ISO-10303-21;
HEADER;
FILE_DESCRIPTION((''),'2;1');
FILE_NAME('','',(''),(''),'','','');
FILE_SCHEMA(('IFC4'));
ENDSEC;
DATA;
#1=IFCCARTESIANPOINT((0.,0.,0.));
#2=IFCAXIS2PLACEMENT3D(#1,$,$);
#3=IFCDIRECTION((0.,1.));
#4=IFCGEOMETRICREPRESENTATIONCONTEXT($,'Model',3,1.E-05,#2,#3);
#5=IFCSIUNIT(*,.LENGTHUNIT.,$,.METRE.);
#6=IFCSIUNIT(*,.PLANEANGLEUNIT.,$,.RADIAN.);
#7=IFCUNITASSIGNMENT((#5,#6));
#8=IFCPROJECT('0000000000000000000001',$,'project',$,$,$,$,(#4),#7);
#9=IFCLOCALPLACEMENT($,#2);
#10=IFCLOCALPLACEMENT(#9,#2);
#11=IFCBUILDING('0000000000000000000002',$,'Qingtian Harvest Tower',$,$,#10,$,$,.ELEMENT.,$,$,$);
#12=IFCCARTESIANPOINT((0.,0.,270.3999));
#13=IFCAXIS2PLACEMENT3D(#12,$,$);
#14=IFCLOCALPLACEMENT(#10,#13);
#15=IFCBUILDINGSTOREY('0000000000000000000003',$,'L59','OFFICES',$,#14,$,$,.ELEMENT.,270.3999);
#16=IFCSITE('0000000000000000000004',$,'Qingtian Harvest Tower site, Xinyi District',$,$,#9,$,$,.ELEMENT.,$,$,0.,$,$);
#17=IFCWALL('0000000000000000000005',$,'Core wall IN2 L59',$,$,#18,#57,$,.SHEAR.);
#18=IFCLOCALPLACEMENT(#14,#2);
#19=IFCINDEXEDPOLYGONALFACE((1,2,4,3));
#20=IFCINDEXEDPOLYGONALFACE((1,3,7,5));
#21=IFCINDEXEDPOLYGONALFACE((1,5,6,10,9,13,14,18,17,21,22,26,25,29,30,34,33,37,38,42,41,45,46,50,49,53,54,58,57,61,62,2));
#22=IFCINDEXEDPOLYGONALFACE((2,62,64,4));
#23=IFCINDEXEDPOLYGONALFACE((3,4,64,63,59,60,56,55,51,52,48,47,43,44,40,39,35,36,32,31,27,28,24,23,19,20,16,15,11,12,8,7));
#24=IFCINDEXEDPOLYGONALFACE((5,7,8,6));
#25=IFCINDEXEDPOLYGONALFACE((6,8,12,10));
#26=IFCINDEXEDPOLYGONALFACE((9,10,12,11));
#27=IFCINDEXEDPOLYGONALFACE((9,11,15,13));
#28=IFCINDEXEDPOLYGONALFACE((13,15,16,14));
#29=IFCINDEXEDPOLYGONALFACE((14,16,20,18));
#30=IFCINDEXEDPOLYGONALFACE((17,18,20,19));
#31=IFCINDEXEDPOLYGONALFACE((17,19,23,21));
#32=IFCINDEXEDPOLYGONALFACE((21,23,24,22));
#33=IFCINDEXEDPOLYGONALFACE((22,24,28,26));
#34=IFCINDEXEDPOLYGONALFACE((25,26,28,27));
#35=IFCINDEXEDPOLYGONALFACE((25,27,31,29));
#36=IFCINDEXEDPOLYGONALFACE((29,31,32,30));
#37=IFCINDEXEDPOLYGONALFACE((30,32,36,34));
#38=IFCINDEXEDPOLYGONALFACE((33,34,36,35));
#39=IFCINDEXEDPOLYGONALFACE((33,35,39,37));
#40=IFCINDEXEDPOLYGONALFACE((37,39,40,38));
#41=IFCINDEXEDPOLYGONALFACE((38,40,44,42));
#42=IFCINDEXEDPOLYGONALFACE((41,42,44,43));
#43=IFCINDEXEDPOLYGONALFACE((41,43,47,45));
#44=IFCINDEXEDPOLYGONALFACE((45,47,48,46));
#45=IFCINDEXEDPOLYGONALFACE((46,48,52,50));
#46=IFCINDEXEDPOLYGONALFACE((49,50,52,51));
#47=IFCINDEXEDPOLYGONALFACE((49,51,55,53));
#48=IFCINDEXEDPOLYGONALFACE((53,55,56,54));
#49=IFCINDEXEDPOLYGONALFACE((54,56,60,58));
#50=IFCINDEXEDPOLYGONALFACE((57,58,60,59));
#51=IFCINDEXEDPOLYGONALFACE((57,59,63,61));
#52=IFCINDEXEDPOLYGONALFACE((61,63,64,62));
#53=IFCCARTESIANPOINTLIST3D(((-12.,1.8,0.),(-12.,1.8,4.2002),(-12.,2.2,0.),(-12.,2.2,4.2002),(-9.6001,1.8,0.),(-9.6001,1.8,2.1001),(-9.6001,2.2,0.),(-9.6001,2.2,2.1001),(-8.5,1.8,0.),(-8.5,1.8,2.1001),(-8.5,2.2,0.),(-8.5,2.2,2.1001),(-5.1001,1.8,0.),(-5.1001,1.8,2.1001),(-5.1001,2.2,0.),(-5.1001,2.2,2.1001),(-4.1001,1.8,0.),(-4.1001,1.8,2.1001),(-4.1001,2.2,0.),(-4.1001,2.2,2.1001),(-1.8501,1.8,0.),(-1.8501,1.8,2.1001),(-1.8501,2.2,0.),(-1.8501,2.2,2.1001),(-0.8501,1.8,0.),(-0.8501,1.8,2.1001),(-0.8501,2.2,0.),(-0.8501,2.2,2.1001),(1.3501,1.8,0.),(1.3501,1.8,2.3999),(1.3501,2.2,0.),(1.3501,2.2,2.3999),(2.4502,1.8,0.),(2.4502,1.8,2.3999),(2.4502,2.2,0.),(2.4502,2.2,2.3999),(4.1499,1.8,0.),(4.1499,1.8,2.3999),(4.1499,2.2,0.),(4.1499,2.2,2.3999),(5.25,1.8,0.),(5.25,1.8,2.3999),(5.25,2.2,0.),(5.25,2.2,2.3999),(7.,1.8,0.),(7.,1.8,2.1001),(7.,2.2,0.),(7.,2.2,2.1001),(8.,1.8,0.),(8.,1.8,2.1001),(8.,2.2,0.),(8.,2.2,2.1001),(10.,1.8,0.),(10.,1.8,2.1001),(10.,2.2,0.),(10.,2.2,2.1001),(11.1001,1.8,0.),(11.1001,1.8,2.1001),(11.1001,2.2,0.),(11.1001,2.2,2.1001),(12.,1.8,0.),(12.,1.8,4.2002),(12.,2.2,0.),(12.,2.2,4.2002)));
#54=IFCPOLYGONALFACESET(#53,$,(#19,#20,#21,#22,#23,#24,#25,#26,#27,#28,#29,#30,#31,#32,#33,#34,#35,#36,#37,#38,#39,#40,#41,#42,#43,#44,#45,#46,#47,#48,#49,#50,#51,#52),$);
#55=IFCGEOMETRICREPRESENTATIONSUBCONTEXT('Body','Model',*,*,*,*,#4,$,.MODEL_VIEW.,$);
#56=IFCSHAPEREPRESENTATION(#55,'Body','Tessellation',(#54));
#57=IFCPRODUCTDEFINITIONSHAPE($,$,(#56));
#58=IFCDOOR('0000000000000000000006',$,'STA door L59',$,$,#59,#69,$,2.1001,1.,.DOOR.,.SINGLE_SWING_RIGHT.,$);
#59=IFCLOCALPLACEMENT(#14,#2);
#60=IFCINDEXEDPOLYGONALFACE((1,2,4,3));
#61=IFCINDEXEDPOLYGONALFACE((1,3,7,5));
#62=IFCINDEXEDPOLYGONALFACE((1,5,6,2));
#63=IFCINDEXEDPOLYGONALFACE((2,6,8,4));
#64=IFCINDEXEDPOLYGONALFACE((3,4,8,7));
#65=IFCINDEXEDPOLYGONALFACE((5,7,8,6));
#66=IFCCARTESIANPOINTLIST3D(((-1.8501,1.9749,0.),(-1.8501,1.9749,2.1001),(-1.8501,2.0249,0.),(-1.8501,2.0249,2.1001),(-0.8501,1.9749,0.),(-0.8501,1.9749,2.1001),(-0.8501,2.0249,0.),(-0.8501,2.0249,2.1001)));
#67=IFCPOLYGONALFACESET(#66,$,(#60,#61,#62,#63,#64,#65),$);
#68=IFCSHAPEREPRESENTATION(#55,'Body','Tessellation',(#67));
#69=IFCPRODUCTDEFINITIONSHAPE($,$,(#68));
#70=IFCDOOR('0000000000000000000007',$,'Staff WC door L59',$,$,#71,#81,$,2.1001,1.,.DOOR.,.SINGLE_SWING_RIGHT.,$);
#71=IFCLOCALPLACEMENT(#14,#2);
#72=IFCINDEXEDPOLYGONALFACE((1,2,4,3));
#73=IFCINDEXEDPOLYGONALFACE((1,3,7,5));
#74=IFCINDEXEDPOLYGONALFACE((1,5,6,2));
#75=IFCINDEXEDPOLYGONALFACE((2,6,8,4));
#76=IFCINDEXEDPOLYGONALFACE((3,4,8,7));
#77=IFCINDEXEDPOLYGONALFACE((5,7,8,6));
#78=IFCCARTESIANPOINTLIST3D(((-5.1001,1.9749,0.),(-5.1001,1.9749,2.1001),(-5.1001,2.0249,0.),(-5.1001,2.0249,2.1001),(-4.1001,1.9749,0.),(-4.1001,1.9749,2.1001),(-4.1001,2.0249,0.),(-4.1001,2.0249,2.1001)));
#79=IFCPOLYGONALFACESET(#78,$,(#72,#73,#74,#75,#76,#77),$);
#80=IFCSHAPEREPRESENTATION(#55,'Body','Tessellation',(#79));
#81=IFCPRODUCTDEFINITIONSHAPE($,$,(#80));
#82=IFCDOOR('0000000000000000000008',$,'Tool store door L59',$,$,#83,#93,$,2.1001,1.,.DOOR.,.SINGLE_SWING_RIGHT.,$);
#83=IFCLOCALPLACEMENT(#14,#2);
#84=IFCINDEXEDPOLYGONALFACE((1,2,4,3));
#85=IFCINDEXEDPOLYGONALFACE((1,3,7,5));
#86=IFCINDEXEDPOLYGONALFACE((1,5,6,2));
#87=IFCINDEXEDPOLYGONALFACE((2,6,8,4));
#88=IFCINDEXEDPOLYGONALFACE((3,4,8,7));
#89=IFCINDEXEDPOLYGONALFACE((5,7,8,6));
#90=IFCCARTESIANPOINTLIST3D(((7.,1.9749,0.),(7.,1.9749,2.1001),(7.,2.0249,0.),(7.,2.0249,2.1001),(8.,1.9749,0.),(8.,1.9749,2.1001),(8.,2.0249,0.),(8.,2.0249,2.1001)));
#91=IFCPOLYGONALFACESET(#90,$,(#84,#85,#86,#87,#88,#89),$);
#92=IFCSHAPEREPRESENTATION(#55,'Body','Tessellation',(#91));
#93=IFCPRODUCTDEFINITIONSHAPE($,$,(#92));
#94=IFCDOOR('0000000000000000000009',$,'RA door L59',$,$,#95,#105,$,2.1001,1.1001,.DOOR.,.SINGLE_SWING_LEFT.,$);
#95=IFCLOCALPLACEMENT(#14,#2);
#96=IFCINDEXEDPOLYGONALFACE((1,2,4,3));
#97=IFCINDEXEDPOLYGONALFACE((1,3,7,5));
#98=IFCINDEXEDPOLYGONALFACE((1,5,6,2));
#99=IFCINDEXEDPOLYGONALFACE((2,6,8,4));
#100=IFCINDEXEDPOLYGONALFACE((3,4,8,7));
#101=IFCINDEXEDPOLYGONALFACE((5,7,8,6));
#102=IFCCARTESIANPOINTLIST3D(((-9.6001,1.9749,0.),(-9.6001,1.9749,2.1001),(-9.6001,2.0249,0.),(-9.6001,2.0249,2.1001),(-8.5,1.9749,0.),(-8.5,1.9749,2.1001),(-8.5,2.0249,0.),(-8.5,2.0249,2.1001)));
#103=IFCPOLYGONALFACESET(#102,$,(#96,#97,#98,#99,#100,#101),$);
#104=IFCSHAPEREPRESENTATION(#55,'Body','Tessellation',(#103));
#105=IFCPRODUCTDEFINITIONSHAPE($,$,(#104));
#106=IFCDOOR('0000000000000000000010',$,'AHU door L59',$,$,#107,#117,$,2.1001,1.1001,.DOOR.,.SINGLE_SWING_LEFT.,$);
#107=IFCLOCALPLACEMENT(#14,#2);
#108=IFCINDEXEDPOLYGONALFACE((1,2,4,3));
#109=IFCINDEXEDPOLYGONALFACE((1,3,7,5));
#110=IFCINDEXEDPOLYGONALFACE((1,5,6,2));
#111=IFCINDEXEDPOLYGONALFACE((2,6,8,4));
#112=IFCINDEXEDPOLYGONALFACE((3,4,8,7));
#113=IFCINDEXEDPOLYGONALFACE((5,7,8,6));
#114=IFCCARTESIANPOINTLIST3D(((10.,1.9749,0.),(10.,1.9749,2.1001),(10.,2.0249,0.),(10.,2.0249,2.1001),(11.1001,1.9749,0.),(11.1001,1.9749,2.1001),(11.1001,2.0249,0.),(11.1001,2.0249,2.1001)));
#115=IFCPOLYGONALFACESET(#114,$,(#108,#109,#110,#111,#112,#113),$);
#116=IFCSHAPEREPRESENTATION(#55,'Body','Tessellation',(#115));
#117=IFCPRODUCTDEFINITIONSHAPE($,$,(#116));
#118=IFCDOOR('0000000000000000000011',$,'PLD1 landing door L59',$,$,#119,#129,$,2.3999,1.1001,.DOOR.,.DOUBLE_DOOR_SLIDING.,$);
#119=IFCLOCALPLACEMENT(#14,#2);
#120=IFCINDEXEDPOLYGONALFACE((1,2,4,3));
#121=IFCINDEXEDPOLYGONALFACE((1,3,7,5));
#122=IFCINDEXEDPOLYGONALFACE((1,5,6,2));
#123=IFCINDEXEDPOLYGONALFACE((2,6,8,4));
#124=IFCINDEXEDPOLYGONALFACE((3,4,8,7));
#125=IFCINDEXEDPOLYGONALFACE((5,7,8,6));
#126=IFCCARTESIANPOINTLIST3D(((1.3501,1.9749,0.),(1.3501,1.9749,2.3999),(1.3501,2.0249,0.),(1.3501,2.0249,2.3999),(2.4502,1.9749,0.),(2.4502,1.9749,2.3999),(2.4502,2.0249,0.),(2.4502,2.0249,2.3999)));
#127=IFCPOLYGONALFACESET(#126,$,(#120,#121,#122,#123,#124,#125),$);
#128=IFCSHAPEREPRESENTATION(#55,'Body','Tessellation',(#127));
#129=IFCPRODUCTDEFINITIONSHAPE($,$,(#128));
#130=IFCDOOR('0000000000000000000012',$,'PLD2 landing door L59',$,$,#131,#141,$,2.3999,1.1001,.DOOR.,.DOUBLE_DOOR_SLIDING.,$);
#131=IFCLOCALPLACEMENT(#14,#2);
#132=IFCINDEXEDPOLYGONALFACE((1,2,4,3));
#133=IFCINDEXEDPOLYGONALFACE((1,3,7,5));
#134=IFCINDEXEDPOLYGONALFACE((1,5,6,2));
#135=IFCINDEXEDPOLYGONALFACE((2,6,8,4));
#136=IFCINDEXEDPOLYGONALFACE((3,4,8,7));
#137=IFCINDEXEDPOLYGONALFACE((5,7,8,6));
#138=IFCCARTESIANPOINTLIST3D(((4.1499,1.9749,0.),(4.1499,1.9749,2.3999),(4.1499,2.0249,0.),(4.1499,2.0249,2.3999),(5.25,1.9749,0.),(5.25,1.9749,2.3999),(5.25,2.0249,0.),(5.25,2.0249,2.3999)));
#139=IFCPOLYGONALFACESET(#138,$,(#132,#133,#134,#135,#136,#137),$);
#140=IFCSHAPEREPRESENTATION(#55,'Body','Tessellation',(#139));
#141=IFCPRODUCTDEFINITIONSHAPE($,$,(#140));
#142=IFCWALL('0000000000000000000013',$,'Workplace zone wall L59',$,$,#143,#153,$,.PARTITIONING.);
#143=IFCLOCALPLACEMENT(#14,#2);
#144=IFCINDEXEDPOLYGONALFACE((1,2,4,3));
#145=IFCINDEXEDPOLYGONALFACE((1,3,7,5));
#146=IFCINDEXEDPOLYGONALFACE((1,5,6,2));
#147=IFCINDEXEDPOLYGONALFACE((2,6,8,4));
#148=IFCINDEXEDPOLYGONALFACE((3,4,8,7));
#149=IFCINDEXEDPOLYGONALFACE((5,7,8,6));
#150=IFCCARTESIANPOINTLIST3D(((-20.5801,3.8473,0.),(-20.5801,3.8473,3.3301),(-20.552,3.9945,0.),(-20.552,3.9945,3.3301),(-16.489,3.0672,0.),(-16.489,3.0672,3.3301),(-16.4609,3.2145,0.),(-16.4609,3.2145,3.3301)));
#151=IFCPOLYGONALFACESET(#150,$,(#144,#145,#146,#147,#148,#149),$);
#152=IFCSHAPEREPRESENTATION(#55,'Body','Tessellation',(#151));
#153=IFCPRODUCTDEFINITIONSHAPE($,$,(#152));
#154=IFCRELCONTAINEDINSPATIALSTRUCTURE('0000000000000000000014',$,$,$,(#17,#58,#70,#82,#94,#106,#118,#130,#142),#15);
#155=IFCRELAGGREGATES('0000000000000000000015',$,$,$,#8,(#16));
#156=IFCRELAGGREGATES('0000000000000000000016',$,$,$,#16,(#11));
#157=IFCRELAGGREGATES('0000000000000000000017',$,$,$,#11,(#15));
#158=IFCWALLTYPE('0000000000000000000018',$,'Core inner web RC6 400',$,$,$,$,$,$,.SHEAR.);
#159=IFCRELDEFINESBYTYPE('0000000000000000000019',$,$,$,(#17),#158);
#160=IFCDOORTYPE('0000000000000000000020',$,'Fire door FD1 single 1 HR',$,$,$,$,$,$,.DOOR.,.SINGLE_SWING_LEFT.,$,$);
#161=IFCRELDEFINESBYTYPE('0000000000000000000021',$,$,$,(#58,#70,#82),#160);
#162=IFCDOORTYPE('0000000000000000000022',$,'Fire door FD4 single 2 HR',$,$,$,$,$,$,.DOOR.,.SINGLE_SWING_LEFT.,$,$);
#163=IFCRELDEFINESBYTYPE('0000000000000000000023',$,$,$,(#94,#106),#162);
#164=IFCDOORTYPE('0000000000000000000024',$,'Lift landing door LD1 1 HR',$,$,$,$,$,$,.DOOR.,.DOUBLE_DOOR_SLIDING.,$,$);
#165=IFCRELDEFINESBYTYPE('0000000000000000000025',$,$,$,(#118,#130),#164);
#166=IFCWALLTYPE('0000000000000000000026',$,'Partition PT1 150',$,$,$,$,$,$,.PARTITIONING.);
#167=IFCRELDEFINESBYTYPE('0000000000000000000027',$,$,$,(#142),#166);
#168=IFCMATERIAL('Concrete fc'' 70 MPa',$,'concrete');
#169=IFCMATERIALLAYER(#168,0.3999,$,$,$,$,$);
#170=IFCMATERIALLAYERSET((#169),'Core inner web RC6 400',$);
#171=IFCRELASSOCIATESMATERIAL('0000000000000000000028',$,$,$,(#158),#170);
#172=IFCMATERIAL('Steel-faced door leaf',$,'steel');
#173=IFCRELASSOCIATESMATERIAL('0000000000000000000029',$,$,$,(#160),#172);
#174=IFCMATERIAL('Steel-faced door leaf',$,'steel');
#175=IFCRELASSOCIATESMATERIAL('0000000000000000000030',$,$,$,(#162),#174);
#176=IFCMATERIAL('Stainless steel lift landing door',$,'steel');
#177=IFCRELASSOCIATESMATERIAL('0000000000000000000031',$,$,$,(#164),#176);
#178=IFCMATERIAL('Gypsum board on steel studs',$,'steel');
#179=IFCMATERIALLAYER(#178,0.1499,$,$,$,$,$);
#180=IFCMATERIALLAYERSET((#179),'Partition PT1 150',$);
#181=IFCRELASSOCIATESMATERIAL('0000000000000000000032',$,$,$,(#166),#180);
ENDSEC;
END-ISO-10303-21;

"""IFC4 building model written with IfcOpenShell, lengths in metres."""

from ifc_helpers import new_model, si_unit, direction, frame, frame_2d, origin, place, context, subcontext, project, spatial, rectangle, extrude, material, layer, layer_set, type_object, element, fill, save


model = new_model("IFC4")

# Units and contexts
model_context = context("Model", 3, precision=1e-05, world=origin(), true_north=direction((0.0, 1.0)))
body_context = subcontext(model_context, "Body", "Model", "MODEL_VIEW")
ifc_project = project(units=[si_unit("LENGTHUNIT", "METRE"), si_unit("PLANEANGLEUNIT", "RADIAN")], contexts=[model_context])

# Site, building, storey
site_placement = place(None, origin())
site = spatial("IfcSite", under=ifc_project, at=site_placement, Name="Qingtian Harvest Tower site, Xinyi District", CompositionType="ELEMENT", RefElevation=0.0)
building_placement = place(site_placement, origin())
building = spatial("IfcBuilding", under=site, at=building_placement, Name="Qingtian Harvest Tower", CompositionType="ELEMENT")
storey_placement = place(building_placement, frame((0.0, 0.0, 270.3999)))
storey = spatial("IfcBuildingStorey", under=building, at=storey_placement, Name="L59", Description="OFFICES", CompositionType="ELEMENT", Elevation=270.3999)

# Wall, openings, doors
ifc_material_1 = material(Name="Concrete fc' 70 MPa", Category="concrete")
ifc_layer_1 = layer(ifc_material_1, 0.3999)
ifc_layer_set_1 = layer_set([ifc_layer_1], Name="Core inner web RC6 400")
wall_type_1 = type_object("IfcWallType", Name="Core inner web RC6 400", PredefinedType="SHEAR", material=ifc_layer_set_1)
wall_1_placement = place(storey_placement, frame((-12.0, 2.0, 0.0), z_axis=(0.0, 0.0, 1.0), x_axis=(1.0, 0.0, 0.0)))
wall_1 = element("IfcWall", 1, at=wall_1_placement, inside=storey, type_object=wall_type_1, Name="Core wall IN2 L59", PredefinedType="SHEAR", context=body_context, shape_type="SweptSolid", body=[
    extrude(rectangle(XDim=24.0, YDim=0.3999, at=frame_2d((12.0, 0.0))), origin(), (0.0, 0.0, 1.0), 4.2002),
])
opening_1_placement = place(wall_1_placement, frame((2.3999, 0.0, 0.0)))
opening_1 = element("IfcOpeningElement", 2, at=opening_1_placement, cuts=wall_1, PredefinedType="OPENING", context=body_context, shape_type="SweptSolid", body=[
    extrude(rectangle(XDim=1.1001, YDim=2.1001, at=frame_2d((0.55, 1.05))), frame((0.0, 0.21, 0.0), z_axis=(0.0, -1.0, 0.0), x_axis=(1.0, 0.0, 0.0)), (0.0, 0.0, 1.0), 0.4199),
])
opening_2_placement = place(wall_1_placement, frame((22.0, 0.0, 0.0)))
opening_2 = element("IfcOpeningElement", 3, at=opening_2_placement, cuts=wall_1, PredefinedType="OPENING", context=body_context, shape_type="SweptSolid", body=[
    extrude(rectangle(XDim=1.1001, YDim=2.1001, at=frame_2d((0.55, 1.05))), frame((0.0, 0.21, 0.0), z_axis=(0.0, -1.0, 0.0), x_axis=(1.0, 0.0, 0.0)), (0.0, 0.0, 1.0), 0.4199),
])
opening_3_placement = place(wall_1_placement, frame((10.1499, 0.0, 0.0)))
opening_3 = element("IfcOpeningElement", 4, at=opening_3_placement, cuts=wall_1, PredefinedType="OPENING", context=body_context, shape_type="SweptSolid", body=[
    extrude(rectangle(XDim=1.0, YDim=2.1001, at=frame_2d((0.5, 1.05))), frame((0.0, 0.21, 0.0), z_axis=(0.0, -1.0, 0.0), x_axis=(1.0, 0.0, 0.0)), (0.0, 0.0, 1.0), 0.4199),
])
opening_4_placement = place(wall_1_placement, frame((6.8999, 0.0, 0.0)))
opening_4 = element("IfcOpeningElement", 5, at=opening_4_placement, cuts=wall_1, PredefinedType="OPENING", context=body_context, shape_type="SweptSolid", body=[
    extrude(rectangle(XDim=1.0, YDim=2.1001, at=frame_2d((0.5, 1.05))), frame((0.0, 0.21, 0.0), z_axis=(0.0, -1.0, 0.0), x_axis=(1.0, 0.0, 0.0)), (0.0, 0.0, 1.0), 0.4199),
])
opening_5_placement = place(wall_1_placement, frame((13.3501, 0.0, 0.0)))
opening_5 = element("IfcOpeningElement", 6, at=opening_5_placement, cuts=wall_1, PredefinedType="OPENING", context=body_context, shape_type="SweptSolid", body=[
    extrude(rectangle(XDim=1.1001, YDim=2.3999, at=frame_2d((0.55, 1.2))), frame((0.0, 0.21, 0.0), z_axis=(0.0, -1.0, 0.0), x_axis=(1.0, 0.0, 0.0)), (0.0, 0.0, 1.0), 0.4199),
])
opening_6_placement = place(wall_1_placement, frame((16.1499, 0.0, 0.0)))
opening_6 = element("IfcOpeningElement", 7, at=opening_6_placement, cuts=wall_1, PredefinedType="OPENING", context=body_context, shape_type="SweptSolid", body=[
    extrude(rectangle(XDim=1.1001, YDim=2.3999, at=frame_2d((0.55, 1.2))), frame((0.0, 0.21, 0.0), z_axis=(0.0, -1.0, 0.0), x_axis=(1.0, 0.0, 0.0)), (0.0, 0.0, 1.0), 0.4199),
])
opening_7_placement = place(wall_1_placement, frame((19.0, 0.0, 0.0)))
opening_7 = element("IfcOpeningElement", 8, at=opening_7_placement, cuts=wall_1, PredefinedType="OPENING", context=body_context, shape_type="SweptSolid", body=[
    extrude(rectangle(XDim=1.0, YDim=2.1001, at=frame_2d((0.5, 1.05))), frame((0.0, 0.21, 0.0), z_axis=(0.0, -1.0, 0.0), x_axis=(1.0, 0.0, 0.0)), (0.0, 0.0, 1.0), 0.4199),
])
ifc_material_2 = material(Name="Steel-faced door leaf", Category="steel")
door_type_1 = type_object("IfcDoorType", Name="Fire door FD1 single 1 HR", OperationType="SINGLE_SWING_LEFT", PredefinedType="DOOR", material=ifc_material_2)
door_1_placement = place(opening_3_placement, origin())
door_1 = element("IfcDoor", 9, at=door_1_placement, inside=storey, type_object=door_type_1, Name="STA door L59", OperationType="SINGLE_SWING_RIGHT", OverallHeight=2.1001, OverallWidth=1.0, PredefinedType="DOOR", context=body_context, shape_type="SweptSolid", body=[
    extrude(rectangle(XDim=1.0, YDim=2.1001, at=frame_2d((0.5, 1.05))), frame((0.0, 0.0249, 0.0), z_axis=(0.0, -1.0, 0.0), x_axis=(1.0, 0.0, 0.0)), (0.0, 0.0, 1.0), 0.05),
])
fill(opening_3, door_1)
door_2_placement = place(opening_4_placement, origin())
door_2 = element("IfcDoor", 10, at=door_2_placement, inside=storey, type_object=door_type_1, Name="Staff WC door L59", OperationType="SINGLE_SWING_RIGHT", OverallHeight=2.1001, OverallWidth=1.0, PredefinedType="DOOR", context=body_context, shape_type="SweptSolid", body=[
    extrude(rectangle(XDim=1.0, YDim=2.1001, at=frame_2d((0.5, 1.05))), frame((0.0, 0.0249, 0.0), z_axis=(0.0, -1.0, 0.0), x_axis=(1.0, 0.0, 0.0)), (0.0, 0.0, 1.0), 0.05),
])
fill(opening_4, door_2)
door_3_placement = place(opening_7_placement, origin())
door_3 = element("IfcDoor", 11, at=door_3_placement, inside=storey, type_object=door_type_1, Name="Tool store door L59", OperationType="SINGLE_SWING_RIGHT", OverallHeight=2.1001, OverallWidth=1.0, PredefinedType="DOOR", context=body_context, shape_type="SweptSolid", body=[
    extrude(rectangle(XDim=1.0, YDim=2.1001, at=frame_2d((0.5, 1.05))), frame((0.0, 0.0249, 0.0), z_axis=(0.0, -1.0, 0.0), x_axis=(1.0, 0.0, 0.0)), (0.0, 0.0, 1.0), 0.05),
])
fill(opening_7, door_3)
ifc_material_3 = material(Name="Steel-faced door leaf", Category="steel")
door_type_2 = type_object("IfcDoorType", Name="Fire door FD4 single 2 HR", OperationType="SINGLE_SWING_LEFT", PredefinedType="DOOR", material=ifc_material_3)
door_4_placement = place(opening_1_placement, origin())
door_4 = element("IfcDoor", 12, at=door_4_placement, inside=storey, type_object=door_type_2, Name="RA door L59", OperationType="SINGLE_SWING_LEFT", OverallHeight=2.1001, OverallWidth=1.1001, PredefinedType="DOOR", context=body_context, shape_type="SweptSolid", body=[
    extrude(rectangle(XDim=1.1001, YDim=2.1001, at=frame_2d((0.55, 1.05))), frame((0.0, 0.0249, 0.0), z_axis=(0.0, -1.0, 0.0), x_axis=(1.0, 0.0, 0.0)), (0.0, 0.0, 1.0), 0.05),
])
fill(opening_1, door_4)
door_5_placement = place(opening_2_placement, origin())
door_5 = element("IfcDoor", 13, at=door_5_placement, inside=storey, type_object=door_type_2, Name="AHU door L59", OperationType="SINGLE_SWING_LEFT", OverallHeight=2.1001, OverallWidth=1.1001, PredefinedType="DOOR", context=body_context, shape_type="SweptSolid", body=[
    extrude(rectangle(XDim=1.1001, YDim=2.1001, at=frame_2d((0.55, 1.05))), frame((0.0, 0.0249, 0.0), z_axis=(0.0, -1.0, 0.0), x_axis=(1.0, 0.0, 0.0)), (0.0, 0.0, 1.0), 0.05),
])
fill(opening_2, door_5)
ifc_material_4 = material(Name="Stainless steel lift landing door", Category="steel")
door_type_3 = type_object("IfcDoorType", Name="Lift landing door LD1 1 HR", OperationType="DOUBLE_DOOR_SLIDING", PredefinedType="DOOR", material=ifc_material_4)
door_6_placement = place(opening_5_placement, origin())
door_6 = element("IfcDoor", 14, at=door_6_placement, inside=storey, type_object=door_type_3, Name="PLD1 landing door L59", OperationType="DOUBLE_DOOR_SLIDING", OverallHeight=2.3999, OverallWidth=1.1001, PredefinedType="DOOR", context=body_context, shape_type="SweptSolid", body=[
    extrude(rectangle(XDim=1.1001, YDim=2.3999, at=frame_2d((0.55, 1.2))), frame((0.0, 0.0249, 0.0), z_axis=(0.0, -1.0, 0.0), x_axis=(1.0, 0.0, 0.0)), (0.0, 0.0, 1.0), 0.05),
])
fill(opening_5, door_6)
door_7_placement = place(opening_6_placement, origin())
door_7 = element("IfcDoor", 15, at=door_7_placement, inside=storey, type_object=door_type_3, Name="PLD2 landing door L59", OperationType="DOUBLE_DOOR_SLIDING", OverallHeight=2.3999, OverallWidth=1.1001, PredefinedType="DOOR", context=body_context, shape_type="SweptSolid", body=[
    extrude(rectangle(XDim=1.1001, YDim=2.3999, at=frame_2d((0.55, 1.2))), frame((0.0, 0.0249, 0.0), z_axis=(0.0, -1.0, 0.0), x_axis=(1.0, 0.0, 0.0)), (0.0, 0.0, 1.0), 0.05),
])
fill(opening_6, door_7)

# Wall
ifc_material_5 = material(Name="Gypsum board on steel studs", Category="steel")
ifc_layer_2 = layer(ifc_material_5, 0.1499)
ifc_layer_set_2 = layer_set([ifc_layer_2], Name="Partition PT1 150")
wall_type_2 = type_object("IfcWallType", Name="Partition PT1 150", PredefinedType="PARTITIONING", material=ifc_layer_set_2)
wall_2_placement = place(storey_placement, frame((-20.5662, 3.9209, 0.0), z_axis=(0.0, 0.0, 1.0), x_axis=(0.982304, -0.187293, 0.0)))
element("IfcWall", 16, at=wall_2_placement, inside=storey, type_object=wall_type_2, Name="Workplace zone wall L59", PredefinedType="PARTITIONING", context=body_context, shape_type="SweptSolid", body=[
    extrude(rectangle(XDim=4.1648, YDim=0.1499, at=frame_2d((2.0825, 0.0))), origin(), (0.0, 0.0, 1.0), 3.3301),
])

save(model, "model.ifc")
